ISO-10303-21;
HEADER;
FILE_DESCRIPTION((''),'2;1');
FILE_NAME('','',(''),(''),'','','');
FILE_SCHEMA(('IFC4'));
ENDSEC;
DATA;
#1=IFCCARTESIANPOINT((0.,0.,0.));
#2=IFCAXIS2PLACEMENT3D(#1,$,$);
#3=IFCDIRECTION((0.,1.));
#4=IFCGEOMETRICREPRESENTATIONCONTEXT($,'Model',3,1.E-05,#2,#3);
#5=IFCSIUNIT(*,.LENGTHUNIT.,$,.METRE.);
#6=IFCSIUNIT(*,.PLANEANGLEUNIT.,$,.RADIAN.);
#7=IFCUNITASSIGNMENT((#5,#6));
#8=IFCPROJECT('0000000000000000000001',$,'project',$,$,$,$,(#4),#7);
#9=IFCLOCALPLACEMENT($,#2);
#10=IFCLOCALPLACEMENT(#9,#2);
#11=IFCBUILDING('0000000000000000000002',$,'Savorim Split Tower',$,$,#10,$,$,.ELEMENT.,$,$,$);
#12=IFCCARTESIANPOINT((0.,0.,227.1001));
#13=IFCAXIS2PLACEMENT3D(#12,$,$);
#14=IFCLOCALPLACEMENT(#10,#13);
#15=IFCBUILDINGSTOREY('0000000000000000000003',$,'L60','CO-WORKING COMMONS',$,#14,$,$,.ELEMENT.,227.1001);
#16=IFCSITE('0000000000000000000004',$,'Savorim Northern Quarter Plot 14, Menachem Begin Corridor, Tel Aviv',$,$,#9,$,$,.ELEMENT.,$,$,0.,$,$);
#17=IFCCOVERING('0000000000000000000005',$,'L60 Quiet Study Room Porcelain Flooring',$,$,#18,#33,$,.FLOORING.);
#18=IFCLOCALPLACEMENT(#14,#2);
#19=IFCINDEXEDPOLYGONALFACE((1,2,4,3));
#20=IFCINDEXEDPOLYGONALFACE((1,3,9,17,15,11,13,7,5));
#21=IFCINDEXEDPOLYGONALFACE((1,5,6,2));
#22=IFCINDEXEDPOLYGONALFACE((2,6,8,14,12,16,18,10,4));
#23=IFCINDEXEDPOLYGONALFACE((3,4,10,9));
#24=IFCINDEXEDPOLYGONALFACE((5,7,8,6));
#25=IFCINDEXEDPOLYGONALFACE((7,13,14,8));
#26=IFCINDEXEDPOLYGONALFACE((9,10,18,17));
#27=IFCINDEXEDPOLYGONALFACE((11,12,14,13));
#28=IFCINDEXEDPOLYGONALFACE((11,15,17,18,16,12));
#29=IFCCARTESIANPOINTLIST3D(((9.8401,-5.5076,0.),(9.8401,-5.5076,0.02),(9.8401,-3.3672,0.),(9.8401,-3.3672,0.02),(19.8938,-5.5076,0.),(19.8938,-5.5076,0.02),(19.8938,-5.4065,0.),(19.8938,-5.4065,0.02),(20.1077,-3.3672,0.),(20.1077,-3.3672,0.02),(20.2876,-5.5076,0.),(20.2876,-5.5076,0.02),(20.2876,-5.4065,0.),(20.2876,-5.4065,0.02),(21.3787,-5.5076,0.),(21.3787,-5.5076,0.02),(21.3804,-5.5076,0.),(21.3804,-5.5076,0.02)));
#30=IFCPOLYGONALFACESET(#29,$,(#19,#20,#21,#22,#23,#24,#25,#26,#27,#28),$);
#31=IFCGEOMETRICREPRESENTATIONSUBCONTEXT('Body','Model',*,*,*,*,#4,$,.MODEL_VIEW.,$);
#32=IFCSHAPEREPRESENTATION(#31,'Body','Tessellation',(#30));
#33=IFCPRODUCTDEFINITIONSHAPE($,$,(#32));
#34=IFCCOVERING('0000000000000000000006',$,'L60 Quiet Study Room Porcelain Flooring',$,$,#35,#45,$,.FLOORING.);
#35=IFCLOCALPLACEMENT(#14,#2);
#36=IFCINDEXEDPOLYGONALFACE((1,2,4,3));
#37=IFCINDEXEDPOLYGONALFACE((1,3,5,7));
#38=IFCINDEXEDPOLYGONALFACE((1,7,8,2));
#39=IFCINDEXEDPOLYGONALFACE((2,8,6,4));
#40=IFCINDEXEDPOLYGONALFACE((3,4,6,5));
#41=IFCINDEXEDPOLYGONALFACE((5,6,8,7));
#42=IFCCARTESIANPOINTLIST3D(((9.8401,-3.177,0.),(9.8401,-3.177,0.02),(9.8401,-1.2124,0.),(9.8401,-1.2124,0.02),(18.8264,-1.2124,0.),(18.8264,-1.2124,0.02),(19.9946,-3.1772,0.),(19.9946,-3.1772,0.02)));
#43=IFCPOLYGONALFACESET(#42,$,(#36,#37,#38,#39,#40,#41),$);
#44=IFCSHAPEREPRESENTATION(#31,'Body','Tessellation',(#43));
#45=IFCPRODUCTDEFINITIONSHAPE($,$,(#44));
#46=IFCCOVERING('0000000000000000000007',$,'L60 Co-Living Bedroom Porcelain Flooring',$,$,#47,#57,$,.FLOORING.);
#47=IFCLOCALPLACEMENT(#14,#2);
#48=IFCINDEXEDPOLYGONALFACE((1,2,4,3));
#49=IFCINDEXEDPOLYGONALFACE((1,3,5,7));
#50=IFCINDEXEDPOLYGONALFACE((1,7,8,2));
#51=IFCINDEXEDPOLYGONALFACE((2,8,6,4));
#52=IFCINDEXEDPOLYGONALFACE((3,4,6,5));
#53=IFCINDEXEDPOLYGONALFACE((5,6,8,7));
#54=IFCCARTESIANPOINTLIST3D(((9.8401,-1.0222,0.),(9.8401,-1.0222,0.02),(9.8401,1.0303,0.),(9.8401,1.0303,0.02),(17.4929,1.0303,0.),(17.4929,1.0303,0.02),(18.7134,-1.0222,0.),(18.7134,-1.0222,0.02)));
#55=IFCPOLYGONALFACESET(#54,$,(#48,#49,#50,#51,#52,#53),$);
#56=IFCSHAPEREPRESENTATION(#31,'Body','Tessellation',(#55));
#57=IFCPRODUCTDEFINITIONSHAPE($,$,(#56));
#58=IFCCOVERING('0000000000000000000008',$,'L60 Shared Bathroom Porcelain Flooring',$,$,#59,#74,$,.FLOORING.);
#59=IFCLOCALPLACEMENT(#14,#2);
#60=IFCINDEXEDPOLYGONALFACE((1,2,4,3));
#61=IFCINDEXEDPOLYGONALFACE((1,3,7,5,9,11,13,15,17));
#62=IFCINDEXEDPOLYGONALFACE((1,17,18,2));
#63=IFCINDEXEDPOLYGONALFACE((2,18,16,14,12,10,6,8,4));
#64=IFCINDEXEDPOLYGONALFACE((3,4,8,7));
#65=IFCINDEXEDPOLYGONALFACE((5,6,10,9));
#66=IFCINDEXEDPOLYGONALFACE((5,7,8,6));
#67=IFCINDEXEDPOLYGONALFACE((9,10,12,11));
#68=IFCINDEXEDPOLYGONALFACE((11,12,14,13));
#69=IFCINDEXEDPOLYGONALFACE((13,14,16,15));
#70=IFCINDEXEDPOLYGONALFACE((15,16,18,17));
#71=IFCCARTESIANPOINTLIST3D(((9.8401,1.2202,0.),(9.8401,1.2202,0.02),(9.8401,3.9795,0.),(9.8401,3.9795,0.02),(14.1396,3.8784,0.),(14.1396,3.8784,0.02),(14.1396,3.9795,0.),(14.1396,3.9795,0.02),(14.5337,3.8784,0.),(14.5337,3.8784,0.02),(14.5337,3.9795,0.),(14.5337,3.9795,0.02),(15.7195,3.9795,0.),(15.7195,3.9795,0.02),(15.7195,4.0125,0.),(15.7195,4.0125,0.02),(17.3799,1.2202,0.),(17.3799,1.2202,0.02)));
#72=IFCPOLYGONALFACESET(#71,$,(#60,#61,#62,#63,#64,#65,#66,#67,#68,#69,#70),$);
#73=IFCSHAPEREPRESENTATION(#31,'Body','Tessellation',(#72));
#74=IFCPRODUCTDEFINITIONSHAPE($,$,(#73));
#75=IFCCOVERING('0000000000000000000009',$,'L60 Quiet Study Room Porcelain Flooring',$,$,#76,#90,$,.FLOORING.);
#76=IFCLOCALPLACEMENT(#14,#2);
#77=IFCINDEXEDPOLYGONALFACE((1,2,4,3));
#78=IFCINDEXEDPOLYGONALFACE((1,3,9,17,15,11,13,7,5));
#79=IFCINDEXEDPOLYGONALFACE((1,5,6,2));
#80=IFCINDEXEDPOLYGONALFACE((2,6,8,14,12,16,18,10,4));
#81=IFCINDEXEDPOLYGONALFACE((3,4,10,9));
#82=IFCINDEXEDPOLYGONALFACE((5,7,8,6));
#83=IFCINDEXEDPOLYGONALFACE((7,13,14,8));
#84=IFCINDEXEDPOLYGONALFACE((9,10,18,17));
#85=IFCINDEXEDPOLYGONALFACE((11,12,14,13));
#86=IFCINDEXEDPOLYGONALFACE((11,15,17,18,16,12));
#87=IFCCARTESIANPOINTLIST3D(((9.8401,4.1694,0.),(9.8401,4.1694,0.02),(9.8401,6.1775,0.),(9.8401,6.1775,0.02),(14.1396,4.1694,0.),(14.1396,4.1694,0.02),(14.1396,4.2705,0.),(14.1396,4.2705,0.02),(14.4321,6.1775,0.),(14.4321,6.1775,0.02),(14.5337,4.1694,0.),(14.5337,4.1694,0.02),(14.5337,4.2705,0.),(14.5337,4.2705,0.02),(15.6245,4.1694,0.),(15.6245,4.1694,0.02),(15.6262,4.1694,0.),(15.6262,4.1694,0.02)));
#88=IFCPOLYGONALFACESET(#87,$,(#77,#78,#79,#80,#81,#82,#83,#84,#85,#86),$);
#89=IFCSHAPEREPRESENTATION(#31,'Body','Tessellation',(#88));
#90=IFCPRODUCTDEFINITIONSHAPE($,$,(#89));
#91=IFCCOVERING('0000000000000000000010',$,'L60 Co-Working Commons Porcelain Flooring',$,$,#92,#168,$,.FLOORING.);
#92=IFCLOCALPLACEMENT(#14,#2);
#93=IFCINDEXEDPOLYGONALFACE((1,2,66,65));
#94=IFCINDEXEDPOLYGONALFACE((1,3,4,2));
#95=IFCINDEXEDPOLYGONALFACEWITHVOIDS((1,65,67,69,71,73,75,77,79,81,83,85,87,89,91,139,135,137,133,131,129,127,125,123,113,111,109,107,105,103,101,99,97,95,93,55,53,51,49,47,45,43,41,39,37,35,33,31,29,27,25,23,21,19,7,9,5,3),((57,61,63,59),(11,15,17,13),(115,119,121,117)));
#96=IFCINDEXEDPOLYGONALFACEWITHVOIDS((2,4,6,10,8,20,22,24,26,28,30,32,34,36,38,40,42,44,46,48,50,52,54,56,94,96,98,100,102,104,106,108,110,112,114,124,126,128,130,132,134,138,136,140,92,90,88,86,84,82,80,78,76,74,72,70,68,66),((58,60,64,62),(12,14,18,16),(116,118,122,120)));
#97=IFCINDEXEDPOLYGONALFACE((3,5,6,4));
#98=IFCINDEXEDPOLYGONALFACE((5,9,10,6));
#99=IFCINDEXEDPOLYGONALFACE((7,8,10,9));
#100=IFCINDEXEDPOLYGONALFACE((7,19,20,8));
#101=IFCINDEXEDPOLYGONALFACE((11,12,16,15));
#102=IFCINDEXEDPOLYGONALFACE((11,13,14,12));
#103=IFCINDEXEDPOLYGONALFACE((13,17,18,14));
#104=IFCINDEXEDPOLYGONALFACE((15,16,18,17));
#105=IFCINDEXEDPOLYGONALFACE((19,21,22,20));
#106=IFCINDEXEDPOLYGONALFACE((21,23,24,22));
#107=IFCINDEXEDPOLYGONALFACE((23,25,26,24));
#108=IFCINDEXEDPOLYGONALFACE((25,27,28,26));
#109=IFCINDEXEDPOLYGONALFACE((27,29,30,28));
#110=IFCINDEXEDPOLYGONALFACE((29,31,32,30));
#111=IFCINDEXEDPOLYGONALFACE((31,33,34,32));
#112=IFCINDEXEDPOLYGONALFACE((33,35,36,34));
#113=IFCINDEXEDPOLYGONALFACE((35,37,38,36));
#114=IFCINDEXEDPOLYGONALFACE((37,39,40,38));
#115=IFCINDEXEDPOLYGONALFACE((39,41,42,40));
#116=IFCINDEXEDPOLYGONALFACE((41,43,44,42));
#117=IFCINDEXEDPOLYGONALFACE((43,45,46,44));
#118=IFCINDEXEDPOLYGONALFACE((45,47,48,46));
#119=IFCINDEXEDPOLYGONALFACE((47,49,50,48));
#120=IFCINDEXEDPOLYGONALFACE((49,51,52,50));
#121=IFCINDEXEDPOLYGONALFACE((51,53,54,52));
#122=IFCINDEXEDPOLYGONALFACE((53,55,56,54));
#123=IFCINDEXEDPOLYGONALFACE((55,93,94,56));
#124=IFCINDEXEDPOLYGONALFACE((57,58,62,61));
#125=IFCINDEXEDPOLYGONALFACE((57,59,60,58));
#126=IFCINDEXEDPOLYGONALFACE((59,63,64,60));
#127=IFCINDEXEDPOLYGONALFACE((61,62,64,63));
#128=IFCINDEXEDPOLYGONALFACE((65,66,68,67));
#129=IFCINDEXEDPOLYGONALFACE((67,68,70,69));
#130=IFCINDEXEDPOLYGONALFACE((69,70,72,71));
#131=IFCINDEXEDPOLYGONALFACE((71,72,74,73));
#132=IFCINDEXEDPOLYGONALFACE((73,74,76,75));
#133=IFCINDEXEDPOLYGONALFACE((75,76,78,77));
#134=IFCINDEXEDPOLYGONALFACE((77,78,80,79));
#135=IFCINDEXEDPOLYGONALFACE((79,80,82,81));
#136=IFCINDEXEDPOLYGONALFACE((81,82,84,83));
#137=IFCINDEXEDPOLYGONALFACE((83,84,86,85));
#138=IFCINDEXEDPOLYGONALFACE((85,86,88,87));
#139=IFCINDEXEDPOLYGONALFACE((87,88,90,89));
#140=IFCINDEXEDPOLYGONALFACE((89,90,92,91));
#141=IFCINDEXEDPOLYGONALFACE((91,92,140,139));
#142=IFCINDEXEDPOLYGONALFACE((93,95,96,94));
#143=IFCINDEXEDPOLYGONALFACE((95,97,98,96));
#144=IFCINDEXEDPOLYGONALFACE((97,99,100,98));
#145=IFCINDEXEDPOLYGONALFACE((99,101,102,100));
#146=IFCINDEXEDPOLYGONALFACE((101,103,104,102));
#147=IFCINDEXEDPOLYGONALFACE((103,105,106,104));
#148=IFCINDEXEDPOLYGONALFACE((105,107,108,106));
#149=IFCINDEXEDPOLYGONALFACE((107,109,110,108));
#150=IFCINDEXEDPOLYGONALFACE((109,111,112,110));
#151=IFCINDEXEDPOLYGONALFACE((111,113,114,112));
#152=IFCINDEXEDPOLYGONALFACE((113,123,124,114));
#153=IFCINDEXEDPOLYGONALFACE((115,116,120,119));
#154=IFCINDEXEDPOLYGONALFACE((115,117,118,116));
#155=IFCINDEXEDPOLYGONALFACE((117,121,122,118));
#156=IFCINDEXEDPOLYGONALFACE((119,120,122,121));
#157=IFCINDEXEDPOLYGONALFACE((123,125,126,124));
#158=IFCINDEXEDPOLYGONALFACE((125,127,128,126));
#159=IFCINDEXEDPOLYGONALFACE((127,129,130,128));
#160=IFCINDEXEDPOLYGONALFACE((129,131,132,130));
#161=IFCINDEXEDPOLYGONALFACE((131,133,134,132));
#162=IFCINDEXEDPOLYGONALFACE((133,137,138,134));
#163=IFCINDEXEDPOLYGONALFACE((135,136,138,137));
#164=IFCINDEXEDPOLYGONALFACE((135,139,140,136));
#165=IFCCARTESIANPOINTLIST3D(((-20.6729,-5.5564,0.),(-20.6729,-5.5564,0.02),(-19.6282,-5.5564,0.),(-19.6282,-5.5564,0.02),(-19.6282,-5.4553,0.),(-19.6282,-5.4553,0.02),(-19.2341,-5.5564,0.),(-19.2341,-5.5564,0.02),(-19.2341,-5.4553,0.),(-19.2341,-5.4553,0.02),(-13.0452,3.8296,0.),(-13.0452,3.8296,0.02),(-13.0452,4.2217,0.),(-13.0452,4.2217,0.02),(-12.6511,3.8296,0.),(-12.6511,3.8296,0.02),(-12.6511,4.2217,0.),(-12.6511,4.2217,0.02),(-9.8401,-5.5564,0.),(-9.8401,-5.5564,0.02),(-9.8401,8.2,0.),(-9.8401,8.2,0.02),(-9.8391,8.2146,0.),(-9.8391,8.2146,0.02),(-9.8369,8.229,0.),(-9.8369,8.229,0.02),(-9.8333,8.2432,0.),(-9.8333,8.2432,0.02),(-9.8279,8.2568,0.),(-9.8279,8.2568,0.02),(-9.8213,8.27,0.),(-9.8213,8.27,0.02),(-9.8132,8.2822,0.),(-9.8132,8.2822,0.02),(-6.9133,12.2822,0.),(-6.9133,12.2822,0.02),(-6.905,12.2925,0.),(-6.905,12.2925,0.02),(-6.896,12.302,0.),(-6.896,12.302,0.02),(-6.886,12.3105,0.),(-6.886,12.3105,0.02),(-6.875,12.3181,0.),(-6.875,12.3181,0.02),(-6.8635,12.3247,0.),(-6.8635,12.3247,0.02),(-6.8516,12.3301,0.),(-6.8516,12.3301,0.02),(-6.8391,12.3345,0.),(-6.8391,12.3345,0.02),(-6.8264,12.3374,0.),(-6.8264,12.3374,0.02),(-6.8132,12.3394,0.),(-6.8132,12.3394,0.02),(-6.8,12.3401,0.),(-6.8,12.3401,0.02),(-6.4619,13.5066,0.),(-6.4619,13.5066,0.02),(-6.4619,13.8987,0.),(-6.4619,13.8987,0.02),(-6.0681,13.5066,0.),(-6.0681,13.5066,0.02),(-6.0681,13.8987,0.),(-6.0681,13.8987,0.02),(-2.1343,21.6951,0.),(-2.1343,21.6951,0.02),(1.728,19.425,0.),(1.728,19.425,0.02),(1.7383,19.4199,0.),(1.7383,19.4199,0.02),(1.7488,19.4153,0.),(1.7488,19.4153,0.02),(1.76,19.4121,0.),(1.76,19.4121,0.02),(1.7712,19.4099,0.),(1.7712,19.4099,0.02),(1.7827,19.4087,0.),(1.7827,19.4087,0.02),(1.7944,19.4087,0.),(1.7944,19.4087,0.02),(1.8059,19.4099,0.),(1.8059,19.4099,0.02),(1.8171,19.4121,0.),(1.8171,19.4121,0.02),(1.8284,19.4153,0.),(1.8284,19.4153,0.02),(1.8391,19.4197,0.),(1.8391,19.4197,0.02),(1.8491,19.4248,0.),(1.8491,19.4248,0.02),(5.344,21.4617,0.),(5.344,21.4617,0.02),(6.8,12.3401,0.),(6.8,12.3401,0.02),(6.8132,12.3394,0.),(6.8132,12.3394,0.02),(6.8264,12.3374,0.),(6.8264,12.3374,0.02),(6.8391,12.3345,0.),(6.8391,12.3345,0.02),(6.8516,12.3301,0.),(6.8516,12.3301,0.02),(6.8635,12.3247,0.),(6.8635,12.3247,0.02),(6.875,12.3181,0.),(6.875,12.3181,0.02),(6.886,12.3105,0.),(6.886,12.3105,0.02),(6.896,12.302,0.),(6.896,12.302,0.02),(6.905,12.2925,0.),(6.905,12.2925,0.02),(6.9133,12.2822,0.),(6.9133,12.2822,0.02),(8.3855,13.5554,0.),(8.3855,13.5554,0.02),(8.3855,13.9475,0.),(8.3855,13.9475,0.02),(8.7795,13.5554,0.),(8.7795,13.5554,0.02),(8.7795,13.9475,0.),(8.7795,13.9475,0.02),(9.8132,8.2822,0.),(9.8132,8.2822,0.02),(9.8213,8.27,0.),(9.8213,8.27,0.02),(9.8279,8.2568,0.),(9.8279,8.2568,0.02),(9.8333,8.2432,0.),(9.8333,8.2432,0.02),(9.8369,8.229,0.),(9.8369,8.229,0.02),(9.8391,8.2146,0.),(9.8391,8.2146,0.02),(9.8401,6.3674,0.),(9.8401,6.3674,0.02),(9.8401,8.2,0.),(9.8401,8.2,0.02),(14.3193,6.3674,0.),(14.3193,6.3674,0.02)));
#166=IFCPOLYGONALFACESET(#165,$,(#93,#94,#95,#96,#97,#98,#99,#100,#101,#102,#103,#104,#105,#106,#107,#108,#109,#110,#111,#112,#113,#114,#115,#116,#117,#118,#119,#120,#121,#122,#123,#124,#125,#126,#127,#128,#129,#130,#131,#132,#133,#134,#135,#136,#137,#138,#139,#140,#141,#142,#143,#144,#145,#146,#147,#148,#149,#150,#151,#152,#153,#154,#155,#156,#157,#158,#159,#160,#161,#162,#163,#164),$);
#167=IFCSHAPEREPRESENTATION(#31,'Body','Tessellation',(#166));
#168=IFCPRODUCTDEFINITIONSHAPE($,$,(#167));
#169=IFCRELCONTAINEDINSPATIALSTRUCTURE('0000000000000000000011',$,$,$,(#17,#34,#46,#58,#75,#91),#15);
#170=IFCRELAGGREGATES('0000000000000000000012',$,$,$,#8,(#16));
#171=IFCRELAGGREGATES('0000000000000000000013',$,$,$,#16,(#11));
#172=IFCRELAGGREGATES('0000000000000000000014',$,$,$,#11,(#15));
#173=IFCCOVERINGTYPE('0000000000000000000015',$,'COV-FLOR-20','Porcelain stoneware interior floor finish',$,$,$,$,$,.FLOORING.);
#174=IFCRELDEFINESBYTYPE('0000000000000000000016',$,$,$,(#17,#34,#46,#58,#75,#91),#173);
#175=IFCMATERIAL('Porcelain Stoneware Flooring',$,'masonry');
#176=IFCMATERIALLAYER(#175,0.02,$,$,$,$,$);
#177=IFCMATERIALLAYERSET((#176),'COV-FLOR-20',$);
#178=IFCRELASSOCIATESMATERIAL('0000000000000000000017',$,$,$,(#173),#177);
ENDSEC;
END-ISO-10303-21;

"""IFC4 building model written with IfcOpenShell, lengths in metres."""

from ifc_helpers import new_model, si_unit, direction, frame, origin, place, context, subcontext, project, spatial, polyline, outline, extrude, material, layer, layer_set, type_object, element, save


model = new_model("IFC4")

# Units and contexts
model_context = context("Model", 3, precision=1e-05, world=origin(), true_north=direction((0.0, 1.0)))
body_context = subcontext(model_context, "Body", "Model", "MODEL_VIEW")
ifc_project = project(units=[si_unit("LENGTHUNIT", "METRE"), si_unit("PLANEANGLEUNIT", "RADIAN")], contexts=[model_context])

# Site, building, storey
site_placement = place(None, origin())
site = spatial("IfcSite", under=ifc_project, at=site_placement, Name="Savorim Northern Quarter Plot 14, Menachem Begin Corridor, Tel Aviv", CompositionType="ELEMENT", RefElevation=0.0)
building_placement = place(site_placement, origin())
building = spatial("IfcBuilding", under=site, at=building_placement, Name="Savorim Split Tower", CompositionType="ELEMENT")
storey_placement = place(building_placement, frame((0.0, 0.0, 227.1001)))
storey = spatial("IfcBuildingStorey", under=building, at=storey_placement, Name="L60", Description="CO-WORKING COMMONS", CompositionType="ELEMENT", Elevation=227.1001)

# Coverings
ifc_material_1 = material(Name="Porcelain Stoneware Flooring", Category="masonry")
ifc_layer_1 = layer(ifc_material_1, 0.02)
ifc_layer_set_1 = layer_set([ifc_layer_1], Name="COV-FLOR-20")
covering_type_1 = type_object("IfcCoveringType", Name="COV-FLOR-20", Description="Porcelain stoneware interior floor finish", PredefinedType="FLOORING", material=ifc_layer_set_1)
covering_1_placement = place(storey_placement, origin())
element("IfcCovering", 1, at=covering_1_placement, inside=storey, type_object=covering_type_1, Name="L60 Quiet Study Room Porcelain Flooring", PredefinedType="FLOORING", context=body_context, shape_type="SweptSolid", body=[
    extrude(outline(polyline([(20.2876, -5.4065), (20.2876, -5.5076), (21.3787, -5.5076), (21.3804, -5.5076), (20.1077, -3.3672), (9.8401, -3.3672), (9.8401, -5.5076), (19.8938, -5.5076), (19.8938, -5.4065), (20.2876, -5.4065)])), origin(), (0.0, 0.0, 1.0), 0.02),
])
covering_2_placement = place(storey_placement, origin())
element("IfcCovering", 2, at=covering_2_placement, inside=storey, type_object=covering_type_1, Name="L60 Quiet Study Room Porcelain Flooring", PredefinedType="FLOORING", context=body_context, shape_type="SweptSolid", body=[
    extrude(outline(polyline([(19.9946, -3.1772), (18.8264, -1.2124), (9.8401, -1.2124), (9.8401, -3.177), (19.9946, -3.1772)])), origin(), (0.0, 0.0, 1.0), 0.02),
])
covering_3_placement = place(storey_placement, origin())
element("IfcCovering", 3, at=covering_3_placement, inside=storey, type_object=covering_type_1, Name="L60 Co-Living Bedroom Porcelain Flooring", PredefinedType="FLOORING", context=body_context, shape_type="SweptSolid", body=[
    extrude(outline(polyline([(18.7134, -1.0222), (17.4929, 1.0303), (9.8401, 1.0303), (9.8401, -1.0222), (18.7134, -1.0222)])), origin(), (0.0, 0.0, 1.0), 0.02),
])
covering_4_placement = place(storey_placement, origin())
element("IfcCovering", 4, at=covering_4_placement, inside=storey, type_object=covering_type_1, Name="L60 Shared Bathroom Porcelain Flooring", PredefinedType="FLOORING", context=body_context, shape_type="SweptSolid", body=[
    extrude(outline(polyline([(14.1396, 3.8784), (14.1396, 3.9795), (9.8401, 3.9795), (9.8401, 1.2202), (17.3799, 1.2202), (15.7195, 4.0125), (15.7195, 3.9795), (14.5337, 3.9795), (14.5337, 3.8784), (14.1396, 3.8784)])), origin(), (0.0, 0.0, 1.0), 0.02),
])
covering_5_placement = place(storey_placement, origin())
element("IfcCovering", 5, at=covering_5_placement, inside=storey, type_object=covering_type_1, Name="L60 Quiet Study Room Porcelain Flooring", PredefinedType="FLOORING", context=body_context, shape_type="SweptSolid", body=[
    extrude(outline(polyline([(14.5337, 4.1694), (15.6245, 4.1694), (15.6262, 4.1694), (14.4321, 6.1775), (9.8401, 6.1775), (9.8401, 4.1694), (14.1396, 4.1694), (14.1396, 4.2705), (14.5337, 4.2705), (14.5337, 4.1694)])), origin(), (0.0, 0.0, 1.0), 0.02),
])
covering_6_placement = place(storey_placement, origin())
element("IfcCovering", 6, at=covering_6_placement, inside=storey, type_object=covering_type_1, Name="L60 Co-Working Commons Porcelain Flooring", PredefinedType="FLOORING", context=body_context, shape_type="SweptSolid", body=[
    extrude(outline(polyline([(1.7488, 19.4153), (1.7383, 19.4199), (1.728, 19.425), (-2.1343, 21.6951), (-20.6729, -5.5564), (-19.6282, -5.5564), (-19.6282, -5.4553), (-19.2341, -5.4553), (-19.2341, -5.5564), (-9.8401, -5.5564), (-9.8401, 8.2), (-9.8391, 8.2146), (-9.8369, 8.229), (-9.8333, 8.2432), (-9.8279, 8.2568), (-9.8213, 8.27), (-9.8132, 8.2822), (-6.9133, 12.2822), (-6.905, 12.2925), (-6.896, 12.302), (-6.886, 12.3105), (-6.875, 12.3181), (-6.8635, 12.3247), (-6.8516, 12.3301), (-6.8391, 12.3345), (-6.8264, 12.3374), (-6.8132, 12.3394), (-6.8, 12.3401), (6.8, 12.3401), (6.8132, 12.3394), (6.8264, 12.3374), (6.8391, 12.3345), (6.8516, 12.3301), (6.8635, 12.3247), (6.875, 12.3181), (6.886, 12.3105), (6.896, 12.302), (6.905, 12.2925), (6.9133, 12.2822), (9.8132, 8.2822), (9.8213, 8.27), (9.8279, 8.2568), (9.8333, 8.2432), (9.8369, 8.229), (9.8391, 8.2146), (9.8401, 8.2), (9.8401, 6.3674), (14.3193, 6.3674), (5.344, 21.4617), (1.8491, 19.4248), (1.8391, 19.4197), (1.8284, 19.4153), (1.8171, 19.4121), (1.8059, 19.4099), (1.7944, 19.4087), (1.7827, 19.4087), (1.7712, 19.4099), (1.76, 19.4121), (1.7488, 19.4153)]), holes=[polyline([(8.7795, 13.9475), (8.3855, 13.9475), (8.3855, 13.5554), (8.7795, 13.5554), (8.7795, 13.9475)]), polyline([(-6.0681, 13.8987), (-6.4619, 13.8987), (-6.4619, 13.5066), (-6.0681, 13.5066), (-6.0681, 13.8987)]), polyline([(-13.0452, 4.2217), (-13.0452, 3.8296), (-12.6511, 3.8296), (-12.6511, 4.2217), (-13.0452, 4.2217)])]), origin(), (0.0, 0.0, 1.0), 0.02),
])

save(model, "model.ifc")
